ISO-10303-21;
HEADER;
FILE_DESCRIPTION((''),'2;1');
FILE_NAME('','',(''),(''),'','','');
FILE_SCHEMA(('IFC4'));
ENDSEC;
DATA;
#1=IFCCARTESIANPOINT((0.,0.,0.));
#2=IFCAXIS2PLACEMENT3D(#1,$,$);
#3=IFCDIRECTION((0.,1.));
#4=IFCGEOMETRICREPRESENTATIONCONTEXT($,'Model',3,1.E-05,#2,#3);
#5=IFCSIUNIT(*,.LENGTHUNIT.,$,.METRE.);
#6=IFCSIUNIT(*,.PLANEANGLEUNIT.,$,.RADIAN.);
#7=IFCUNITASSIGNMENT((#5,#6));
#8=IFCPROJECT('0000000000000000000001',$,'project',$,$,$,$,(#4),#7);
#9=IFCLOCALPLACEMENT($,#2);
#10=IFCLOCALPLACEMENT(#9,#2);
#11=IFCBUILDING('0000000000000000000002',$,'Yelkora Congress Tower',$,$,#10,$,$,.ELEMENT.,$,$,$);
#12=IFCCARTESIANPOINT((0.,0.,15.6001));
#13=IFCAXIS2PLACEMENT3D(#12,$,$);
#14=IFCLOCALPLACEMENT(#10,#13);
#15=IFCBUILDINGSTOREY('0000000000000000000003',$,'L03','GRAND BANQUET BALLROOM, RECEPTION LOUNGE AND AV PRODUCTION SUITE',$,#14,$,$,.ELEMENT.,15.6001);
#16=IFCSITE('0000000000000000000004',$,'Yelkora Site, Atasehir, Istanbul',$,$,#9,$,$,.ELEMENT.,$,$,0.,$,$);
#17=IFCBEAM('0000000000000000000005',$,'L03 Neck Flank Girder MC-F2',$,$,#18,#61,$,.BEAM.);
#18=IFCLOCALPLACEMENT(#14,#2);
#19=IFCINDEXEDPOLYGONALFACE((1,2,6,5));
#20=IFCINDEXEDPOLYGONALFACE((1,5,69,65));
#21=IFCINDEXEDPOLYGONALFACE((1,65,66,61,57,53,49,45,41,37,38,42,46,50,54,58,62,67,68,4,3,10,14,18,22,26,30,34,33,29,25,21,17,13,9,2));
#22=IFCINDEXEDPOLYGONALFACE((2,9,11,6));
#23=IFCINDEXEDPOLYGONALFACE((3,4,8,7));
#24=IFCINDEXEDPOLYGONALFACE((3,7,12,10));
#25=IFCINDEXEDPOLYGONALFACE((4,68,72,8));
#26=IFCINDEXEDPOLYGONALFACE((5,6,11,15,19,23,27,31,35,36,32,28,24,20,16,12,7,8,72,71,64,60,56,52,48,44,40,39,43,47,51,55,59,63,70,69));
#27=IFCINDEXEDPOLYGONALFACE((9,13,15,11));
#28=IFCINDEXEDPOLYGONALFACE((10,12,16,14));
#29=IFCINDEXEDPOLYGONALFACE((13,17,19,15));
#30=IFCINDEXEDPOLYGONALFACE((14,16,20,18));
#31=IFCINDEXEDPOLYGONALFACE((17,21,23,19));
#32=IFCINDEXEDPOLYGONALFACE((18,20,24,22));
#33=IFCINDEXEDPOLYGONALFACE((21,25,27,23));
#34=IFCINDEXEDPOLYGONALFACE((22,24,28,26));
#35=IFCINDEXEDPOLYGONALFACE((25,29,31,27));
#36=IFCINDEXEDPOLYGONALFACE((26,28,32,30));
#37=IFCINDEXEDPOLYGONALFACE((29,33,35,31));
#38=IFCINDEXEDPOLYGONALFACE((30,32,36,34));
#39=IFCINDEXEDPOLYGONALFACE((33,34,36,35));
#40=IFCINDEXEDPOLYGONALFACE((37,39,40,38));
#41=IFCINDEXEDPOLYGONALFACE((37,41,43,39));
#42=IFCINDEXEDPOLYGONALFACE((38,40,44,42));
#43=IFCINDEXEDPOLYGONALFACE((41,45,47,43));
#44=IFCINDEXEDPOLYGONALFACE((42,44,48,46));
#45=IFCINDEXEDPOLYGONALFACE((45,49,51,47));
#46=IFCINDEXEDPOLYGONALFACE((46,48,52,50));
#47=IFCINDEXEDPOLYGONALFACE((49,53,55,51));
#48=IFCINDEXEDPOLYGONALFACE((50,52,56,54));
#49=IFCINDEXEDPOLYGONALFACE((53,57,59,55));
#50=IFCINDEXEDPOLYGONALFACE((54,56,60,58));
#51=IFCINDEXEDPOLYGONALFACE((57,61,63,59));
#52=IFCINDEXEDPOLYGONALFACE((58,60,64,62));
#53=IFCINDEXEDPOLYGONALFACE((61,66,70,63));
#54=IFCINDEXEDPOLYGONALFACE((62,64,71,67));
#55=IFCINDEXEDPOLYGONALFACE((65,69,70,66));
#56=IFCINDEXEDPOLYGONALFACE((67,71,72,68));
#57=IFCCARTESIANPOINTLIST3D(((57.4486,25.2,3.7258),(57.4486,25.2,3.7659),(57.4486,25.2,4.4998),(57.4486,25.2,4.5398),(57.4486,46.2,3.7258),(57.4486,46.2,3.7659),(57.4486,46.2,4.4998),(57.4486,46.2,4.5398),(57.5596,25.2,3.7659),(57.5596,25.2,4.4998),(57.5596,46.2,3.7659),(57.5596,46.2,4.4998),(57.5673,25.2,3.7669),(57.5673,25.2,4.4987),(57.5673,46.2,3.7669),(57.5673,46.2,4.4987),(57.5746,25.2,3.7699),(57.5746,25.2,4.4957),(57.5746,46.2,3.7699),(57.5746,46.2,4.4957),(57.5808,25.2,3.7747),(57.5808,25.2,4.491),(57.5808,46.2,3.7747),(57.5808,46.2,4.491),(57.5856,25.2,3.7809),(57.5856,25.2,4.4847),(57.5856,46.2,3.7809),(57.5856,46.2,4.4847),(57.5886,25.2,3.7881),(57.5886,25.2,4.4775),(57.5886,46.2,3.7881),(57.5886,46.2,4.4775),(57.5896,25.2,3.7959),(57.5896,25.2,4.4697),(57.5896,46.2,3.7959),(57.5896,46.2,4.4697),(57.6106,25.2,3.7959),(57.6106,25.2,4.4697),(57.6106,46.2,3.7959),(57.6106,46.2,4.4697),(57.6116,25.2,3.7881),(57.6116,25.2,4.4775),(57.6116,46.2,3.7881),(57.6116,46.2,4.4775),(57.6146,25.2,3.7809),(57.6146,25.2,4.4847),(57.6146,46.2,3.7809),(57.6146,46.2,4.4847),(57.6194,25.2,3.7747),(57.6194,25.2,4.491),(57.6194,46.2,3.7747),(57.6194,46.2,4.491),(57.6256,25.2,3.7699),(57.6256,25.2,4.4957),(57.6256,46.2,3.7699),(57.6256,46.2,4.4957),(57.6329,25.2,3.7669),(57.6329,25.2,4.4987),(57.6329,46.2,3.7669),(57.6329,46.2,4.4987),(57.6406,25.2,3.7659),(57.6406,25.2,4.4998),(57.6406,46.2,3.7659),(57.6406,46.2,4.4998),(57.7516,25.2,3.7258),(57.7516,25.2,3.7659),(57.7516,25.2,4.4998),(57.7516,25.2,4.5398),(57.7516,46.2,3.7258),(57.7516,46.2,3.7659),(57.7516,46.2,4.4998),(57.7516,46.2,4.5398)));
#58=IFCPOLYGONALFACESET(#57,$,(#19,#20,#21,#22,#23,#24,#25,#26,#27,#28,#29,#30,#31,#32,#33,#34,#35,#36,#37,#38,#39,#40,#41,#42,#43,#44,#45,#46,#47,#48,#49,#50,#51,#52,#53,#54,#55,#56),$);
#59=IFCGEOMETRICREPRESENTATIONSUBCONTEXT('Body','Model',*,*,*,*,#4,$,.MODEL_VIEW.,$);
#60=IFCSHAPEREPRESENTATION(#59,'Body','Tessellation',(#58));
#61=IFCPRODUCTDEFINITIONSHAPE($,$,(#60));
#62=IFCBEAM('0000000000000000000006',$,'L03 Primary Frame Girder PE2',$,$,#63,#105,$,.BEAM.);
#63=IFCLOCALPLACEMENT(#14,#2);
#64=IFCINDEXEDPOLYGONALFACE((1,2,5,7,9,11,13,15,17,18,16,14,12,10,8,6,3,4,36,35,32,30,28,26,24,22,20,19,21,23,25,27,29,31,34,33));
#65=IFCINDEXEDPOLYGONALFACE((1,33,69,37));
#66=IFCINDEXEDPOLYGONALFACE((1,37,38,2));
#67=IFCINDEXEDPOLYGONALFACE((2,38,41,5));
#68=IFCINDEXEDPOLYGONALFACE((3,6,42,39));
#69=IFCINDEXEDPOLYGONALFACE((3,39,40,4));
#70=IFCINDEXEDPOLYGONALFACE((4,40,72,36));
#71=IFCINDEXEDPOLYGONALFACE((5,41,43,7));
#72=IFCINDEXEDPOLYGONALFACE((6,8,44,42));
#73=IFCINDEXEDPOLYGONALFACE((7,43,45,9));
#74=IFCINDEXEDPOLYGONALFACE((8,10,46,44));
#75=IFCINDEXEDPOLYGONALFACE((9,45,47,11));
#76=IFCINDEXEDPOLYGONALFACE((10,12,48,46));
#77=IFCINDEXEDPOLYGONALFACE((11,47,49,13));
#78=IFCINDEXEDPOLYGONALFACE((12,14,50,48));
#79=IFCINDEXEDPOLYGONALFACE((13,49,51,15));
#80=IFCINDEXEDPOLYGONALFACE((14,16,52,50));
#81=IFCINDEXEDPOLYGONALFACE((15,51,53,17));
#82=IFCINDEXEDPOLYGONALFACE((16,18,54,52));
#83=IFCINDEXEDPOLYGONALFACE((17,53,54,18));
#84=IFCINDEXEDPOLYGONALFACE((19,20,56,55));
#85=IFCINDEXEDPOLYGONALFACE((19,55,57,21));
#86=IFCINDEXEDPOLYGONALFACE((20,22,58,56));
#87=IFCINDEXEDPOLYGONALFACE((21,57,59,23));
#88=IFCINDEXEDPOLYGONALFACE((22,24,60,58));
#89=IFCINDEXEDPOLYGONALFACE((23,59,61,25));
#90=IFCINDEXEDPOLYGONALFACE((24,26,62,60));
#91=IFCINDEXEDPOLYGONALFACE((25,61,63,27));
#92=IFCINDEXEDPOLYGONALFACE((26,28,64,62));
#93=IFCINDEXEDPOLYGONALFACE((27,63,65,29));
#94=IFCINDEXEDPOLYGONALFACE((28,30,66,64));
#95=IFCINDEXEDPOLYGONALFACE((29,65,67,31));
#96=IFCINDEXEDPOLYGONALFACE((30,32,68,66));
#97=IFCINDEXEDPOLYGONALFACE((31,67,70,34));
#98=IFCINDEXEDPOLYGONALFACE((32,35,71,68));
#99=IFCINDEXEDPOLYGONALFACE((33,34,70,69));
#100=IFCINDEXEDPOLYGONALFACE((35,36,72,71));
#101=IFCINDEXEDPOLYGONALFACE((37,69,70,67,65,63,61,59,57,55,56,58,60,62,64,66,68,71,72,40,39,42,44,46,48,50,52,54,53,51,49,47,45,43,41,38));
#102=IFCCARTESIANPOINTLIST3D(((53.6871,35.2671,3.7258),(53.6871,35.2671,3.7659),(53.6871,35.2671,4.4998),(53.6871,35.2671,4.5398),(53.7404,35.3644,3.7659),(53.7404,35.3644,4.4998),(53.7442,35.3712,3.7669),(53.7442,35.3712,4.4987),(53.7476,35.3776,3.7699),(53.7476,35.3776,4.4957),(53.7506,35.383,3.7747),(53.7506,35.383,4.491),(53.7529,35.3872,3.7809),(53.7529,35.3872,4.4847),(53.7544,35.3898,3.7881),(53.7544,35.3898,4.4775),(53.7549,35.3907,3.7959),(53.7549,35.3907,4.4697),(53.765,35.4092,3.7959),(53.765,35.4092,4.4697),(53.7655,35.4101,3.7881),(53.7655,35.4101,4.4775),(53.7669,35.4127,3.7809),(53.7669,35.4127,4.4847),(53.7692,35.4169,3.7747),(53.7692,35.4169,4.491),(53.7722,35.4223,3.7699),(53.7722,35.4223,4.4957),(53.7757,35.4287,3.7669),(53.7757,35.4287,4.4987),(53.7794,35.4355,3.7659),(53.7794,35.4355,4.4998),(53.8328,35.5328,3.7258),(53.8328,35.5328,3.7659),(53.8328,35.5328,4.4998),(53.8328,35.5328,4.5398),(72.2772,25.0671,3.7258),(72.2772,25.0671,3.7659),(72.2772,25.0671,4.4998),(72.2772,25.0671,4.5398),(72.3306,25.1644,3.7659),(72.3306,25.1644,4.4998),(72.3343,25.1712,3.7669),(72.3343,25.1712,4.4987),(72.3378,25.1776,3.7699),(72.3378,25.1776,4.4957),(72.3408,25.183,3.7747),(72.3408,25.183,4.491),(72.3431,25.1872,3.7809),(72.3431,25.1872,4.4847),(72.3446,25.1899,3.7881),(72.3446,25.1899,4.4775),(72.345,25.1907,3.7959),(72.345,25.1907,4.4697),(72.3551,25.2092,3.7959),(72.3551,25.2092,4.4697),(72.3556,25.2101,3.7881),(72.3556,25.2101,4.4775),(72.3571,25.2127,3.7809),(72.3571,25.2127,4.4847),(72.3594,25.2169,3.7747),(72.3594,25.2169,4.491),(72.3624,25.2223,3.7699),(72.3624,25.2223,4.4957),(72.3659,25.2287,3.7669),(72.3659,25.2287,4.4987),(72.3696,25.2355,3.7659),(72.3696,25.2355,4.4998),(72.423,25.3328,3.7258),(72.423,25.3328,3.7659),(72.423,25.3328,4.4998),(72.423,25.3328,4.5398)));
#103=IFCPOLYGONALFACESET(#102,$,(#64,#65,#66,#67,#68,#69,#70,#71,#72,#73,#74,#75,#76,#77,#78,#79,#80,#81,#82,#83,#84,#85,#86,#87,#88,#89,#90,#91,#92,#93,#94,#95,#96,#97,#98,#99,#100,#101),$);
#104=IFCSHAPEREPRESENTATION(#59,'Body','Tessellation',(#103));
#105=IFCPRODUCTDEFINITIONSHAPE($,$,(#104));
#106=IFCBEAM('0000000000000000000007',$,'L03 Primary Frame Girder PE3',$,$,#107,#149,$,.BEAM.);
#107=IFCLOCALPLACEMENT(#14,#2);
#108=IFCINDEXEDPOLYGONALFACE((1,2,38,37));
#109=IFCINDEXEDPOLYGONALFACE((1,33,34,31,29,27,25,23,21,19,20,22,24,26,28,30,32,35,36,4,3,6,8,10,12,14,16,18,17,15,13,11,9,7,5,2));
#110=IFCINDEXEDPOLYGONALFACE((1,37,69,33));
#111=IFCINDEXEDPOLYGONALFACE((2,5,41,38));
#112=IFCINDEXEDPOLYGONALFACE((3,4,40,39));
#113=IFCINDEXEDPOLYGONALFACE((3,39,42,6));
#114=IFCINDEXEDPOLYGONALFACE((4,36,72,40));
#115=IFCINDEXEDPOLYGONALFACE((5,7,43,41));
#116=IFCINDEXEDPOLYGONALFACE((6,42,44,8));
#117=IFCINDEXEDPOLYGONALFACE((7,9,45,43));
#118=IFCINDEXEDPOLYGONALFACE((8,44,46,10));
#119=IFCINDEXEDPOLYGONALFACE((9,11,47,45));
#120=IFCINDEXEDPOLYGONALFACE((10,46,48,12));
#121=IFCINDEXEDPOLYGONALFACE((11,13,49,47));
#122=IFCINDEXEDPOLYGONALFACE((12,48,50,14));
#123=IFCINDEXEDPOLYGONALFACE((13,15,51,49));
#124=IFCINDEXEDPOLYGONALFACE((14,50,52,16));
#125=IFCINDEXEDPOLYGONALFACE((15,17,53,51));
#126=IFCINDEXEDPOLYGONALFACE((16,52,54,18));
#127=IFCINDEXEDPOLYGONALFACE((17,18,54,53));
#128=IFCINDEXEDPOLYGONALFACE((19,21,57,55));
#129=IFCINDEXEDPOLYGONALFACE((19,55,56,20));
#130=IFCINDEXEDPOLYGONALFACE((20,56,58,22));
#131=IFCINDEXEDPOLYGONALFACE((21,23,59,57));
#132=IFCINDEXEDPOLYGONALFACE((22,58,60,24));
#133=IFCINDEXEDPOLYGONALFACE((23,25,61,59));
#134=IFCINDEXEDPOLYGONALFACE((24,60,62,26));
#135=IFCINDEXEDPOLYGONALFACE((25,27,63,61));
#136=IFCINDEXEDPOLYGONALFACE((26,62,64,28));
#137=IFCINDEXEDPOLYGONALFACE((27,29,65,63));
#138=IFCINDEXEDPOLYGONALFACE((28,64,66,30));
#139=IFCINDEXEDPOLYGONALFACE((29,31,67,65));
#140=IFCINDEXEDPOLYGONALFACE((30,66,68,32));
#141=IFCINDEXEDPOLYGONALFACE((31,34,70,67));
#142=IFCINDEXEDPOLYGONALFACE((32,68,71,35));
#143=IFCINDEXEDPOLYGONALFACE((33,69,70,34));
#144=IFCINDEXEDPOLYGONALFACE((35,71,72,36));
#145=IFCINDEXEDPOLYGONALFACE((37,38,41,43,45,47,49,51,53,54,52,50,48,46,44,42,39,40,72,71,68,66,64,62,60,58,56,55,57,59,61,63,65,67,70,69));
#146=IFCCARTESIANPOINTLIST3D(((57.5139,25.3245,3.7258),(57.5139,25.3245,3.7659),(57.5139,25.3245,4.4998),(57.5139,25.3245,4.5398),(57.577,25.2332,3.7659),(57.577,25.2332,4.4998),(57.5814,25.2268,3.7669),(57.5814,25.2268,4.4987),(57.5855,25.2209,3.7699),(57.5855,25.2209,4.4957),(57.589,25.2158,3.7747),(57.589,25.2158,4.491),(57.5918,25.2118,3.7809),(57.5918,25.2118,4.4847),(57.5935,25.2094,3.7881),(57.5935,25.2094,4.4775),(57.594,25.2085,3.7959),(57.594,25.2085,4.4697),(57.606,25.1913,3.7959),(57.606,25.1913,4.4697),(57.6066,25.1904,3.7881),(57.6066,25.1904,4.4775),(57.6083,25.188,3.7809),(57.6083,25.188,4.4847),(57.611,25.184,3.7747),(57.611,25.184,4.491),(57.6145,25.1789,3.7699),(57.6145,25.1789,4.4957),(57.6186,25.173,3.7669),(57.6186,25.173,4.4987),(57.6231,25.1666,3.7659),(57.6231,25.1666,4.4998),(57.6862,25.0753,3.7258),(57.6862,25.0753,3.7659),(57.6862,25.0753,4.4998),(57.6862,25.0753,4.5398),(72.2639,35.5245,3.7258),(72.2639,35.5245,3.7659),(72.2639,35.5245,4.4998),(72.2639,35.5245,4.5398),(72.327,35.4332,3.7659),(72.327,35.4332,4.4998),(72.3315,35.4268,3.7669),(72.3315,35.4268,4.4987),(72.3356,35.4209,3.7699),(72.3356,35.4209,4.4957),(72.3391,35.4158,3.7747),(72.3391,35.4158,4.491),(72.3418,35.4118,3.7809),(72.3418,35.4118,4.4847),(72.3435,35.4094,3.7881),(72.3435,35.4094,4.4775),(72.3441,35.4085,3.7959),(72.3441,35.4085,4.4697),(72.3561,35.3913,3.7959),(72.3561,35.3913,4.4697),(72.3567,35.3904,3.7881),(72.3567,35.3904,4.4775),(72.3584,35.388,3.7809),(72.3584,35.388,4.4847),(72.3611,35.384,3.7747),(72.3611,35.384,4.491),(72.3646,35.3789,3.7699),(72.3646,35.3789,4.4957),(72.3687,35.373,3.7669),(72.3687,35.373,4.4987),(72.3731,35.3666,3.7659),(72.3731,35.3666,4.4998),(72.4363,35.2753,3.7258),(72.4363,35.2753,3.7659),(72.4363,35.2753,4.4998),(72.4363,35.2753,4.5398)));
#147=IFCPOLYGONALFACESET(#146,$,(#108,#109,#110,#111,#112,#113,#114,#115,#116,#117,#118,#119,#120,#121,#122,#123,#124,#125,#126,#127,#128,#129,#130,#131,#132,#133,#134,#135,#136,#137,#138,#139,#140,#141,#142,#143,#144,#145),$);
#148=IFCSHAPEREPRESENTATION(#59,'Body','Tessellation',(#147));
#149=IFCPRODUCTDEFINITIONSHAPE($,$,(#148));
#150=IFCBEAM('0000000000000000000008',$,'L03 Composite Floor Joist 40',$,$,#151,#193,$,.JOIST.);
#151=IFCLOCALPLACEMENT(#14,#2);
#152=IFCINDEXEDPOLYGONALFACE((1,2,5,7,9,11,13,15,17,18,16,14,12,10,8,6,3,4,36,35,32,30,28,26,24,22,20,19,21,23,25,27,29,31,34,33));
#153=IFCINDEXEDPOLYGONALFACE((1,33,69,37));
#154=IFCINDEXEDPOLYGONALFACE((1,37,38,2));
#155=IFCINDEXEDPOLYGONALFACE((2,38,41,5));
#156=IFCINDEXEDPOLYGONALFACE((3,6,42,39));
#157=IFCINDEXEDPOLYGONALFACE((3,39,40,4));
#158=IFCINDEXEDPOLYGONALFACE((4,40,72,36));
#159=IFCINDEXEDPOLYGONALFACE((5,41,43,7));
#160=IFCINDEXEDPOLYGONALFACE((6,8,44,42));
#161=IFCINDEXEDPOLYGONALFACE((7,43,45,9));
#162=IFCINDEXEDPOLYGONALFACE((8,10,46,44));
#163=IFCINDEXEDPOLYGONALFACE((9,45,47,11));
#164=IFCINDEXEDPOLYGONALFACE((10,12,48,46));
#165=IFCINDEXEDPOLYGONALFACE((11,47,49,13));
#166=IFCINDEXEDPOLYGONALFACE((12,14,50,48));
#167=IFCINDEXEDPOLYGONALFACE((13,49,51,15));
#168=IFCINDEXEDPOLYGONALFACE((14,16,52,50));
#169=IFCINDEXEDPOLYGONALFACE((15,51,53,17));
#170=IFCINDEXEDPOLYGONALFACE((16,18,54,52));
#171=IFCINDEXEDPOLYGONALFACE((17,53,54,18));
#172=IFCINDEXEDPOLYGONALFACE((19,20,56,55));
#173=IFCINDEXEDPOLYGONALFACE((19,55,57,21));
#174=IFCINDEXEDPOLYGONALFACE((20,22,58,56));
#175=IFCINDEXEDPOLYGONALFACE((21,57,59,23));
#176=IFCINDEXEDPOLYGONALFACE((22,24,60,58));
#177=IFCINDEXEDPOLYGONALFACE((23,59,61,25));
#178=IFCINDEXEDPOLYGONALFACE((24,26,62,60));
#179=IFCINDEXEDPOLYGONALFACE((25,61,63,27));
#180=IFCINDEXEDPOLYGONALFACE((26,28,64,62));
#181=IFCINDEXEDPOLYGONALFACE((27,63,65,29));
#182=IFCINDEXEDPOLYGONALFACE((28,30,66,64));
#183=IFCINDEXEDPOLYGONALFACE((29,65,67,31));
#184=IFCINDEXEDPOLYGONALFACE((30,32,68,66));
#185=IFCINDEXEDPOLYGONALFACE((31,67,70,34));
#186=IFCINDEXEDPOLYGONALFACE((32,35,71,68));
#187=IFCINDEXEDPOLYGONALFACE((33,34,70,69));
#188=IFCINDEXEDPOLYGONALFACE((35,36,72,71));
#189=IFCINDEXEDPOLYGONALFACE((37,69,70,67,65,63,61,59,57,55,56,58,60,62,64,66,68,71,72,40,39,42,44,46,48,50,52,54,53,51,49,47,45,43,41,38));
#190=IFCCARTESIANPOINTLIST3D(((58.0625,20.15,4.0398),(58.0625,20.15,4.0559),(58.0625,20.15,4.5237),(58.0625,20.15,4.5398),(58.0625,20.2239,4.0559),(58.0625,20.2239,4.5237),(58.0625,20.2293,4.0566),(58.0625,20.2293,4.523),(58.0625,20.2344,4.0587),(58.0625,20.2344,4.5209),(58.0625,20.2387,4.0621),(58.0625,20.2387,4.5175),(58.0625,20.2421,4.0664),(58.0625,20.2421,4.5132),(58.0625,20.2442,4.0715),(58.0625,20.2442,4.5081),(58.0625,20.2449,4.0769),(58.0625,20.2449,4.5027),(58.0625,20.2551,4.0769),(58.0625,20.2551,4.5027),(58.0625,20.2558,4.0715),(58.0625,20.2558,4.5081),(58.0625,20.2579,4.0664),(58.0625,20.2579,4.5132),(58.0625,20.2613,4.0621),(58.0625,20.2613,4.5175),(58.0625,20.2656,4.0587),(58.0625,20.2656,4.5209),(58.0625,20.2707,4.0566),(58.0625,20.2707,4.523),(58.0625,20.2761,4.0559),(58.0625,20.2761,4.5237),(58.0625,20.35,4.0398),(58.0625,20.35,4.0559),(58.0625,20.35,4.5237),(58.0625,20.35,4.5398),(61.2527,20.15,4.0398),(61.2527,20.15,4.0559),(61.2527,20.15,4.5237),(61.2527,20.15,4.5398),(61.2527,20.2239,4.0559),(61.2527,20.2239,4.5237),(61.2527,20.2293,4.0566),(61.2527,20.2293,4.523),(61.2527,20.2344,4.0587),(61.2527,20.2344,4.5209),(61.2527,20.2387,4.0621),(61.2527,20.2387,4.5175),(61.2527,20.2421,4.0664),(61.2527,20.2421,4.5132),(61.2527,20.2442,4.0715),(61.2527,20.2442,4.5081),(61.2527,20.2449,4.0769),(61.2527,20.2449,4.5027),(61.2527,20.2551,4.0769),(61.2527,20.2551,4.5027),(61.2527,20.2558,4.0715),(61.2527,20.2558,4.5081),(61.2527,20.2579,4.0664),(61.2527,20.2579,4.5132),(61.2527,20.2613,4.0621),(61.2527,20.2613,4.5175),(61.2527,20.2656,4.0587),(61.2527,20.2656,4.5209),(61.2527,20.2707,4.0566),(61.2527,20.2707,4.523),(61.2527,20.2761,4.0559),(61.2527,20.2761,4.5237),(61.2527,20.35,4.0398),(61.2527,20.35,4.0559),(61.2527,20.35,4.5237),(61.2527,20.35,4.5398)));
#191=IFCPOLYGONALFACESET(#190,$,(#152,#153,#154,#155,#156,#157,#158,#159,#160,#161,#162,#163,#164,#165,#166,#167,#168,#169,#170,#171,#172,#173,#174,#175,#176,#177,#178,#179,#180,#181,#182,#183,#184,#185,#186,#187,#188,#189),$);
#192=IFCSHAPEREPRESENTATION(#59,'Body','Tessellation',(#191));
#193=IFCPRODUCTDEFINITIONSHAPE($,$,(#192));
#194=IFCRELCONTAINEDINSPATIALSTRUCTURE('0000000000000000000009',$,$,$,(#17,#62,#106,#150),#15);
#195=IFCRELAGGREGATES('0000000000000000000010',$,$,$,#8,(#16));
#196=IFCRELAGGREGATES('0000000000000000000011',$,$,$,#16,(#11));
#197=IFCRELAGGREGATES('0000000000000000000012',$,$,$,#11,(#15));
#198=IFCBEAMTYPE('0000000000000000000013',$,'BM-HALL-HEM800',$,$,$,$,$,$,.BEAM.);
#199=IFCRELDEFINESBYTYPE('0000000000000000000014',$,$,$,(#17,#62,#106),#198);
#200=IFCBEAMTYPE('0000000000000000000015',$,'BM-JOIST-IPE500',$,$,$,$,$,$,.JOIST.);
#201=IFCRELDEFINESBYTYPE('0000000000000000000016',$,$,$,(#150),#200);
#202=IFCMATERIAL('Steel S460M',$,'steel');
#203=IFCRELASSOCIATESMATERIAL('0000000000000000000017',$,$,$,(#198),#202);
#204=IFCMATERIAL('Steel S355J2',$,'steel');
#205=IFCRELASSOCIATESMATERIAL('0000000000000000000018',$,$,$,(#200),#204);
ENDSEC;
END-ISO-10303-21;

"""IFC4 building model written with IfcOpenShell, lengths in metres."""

from ifc_helpers import new_model, si_unit, direction, frame, origin, origin_2d, place, context, subcontext, project, spatial, i_section, extrude, material, material_profile, profile_set, type_object, element, save


model = new_model("IFC4")

# Units and contexts
model_context = context("Model", 3, precision=1e-05, world=origin(), true_north=direction((0.0, 1.0)))
body_context = subcontext(model_context, "Body", "Model", "MODEL_VIEW")
ifc_project = project(units=[si_unit("LENGTHUNIT", "METRE"), si_unit("PLANEANGLEUNIT", "RADIAN")], contexts=[model_context])

# Site, building, storey
site_placement = place(None, origin())
site = spatial("IfcSite", under=ifc_project, at=site_placement, Name="Yelkora Site, Atasehir, Istanbul", CompositionType="ELEMENT", RefElevation=0.0)
building_placement = place(site_placement, origin())
building = spatial("IfcBuilding", under=site, at=building_placement, Name="Yelkora Congress Tower", CompositionType="ELEMENT")
storey_placement = place(building_placement, frame((0.0, 0.0, 15.6001)))
storey = spatial("IfcBuildingStorey", under=building, at=storey_placement, Name="L03", Description="GRAND BANQUET BALLROOM, RECEPTION LOUNGE AND AV PRODUCTION SUITE", CompositionType="ELEMENT", Elevation=15.6001)

# Beams
ifc_material_1 = material(Name="Steel S460M", Category="steel")
ifc_material_profile_1 = material_profile(ifc_material_1, i_section(OverallWidth=0.303, OverallDepth=0.814, WebThickness=0.021, FlangeThickness=0.04, FilletRadius=0.03, at=origin_2d()), Name="HEM 800")
ifc_profile_set_1 = profile_set([ifc_material_profile_1], Name="Steel S460M")
beam_type_1 = type_object("IfcBeamType", Name="BM-HALL-HEM800", PredefinedType="BEAM", material=ifc_profile_set_1)
beam_1_placement = place(storey_placement, frame((57.6001, 25.2, 4.1328), z_axis=(0.0, 1.0, 0.0), x_axis=(-1.0, 0.0, 0.0)))
element("IfcBeam", 1, at=beam_1_placement, inside=storey, type_object=beam_type_1, Name="L03 Neck Flank Girder MC-F2", PredefinedType="BEAM", context=body_context, shape_type="SweptSolid", body=[
    extrude(i_section(OverallWidth=0.303, OverallDepth=0.814, WebThickness=0.021, FlangeThickness=0.04, FilletRadius=0.03, at=origin_2d()), origin(), (0.0, 0.0, 1.0), 21.0),
])
beam_2_placement = place(storey_placement, frame((72.3501, 25.2, 4.1328), z_axis=(-0.876705, 0.481028, 0.0), x_axis=(-0.481028, -0.876705, 0.0)))
element("IfcBeam", 2, at=beam_2_placement, inside=storey, type_object=beam_type_1, Name="L03 Primary Frame Girder PE2", PredefinedType="BEAM", context=body_context, shape_type="SweptSolid", body=[
    extrude(i_section(OverallWidth=0.303, OverallDepth=0.814, WebThickness=0.021, FlangeThickness=0.04, FilletRadius=0.03, at=origin_2d()), origin(), (0.0, 0.0, 1.0), 21.2046),
])
beam_3_placement = place(storey_placement, frame((72.3501, 35.3999, 4.1328), z_axis=(-0.822494, -0.568773, 0.0), x_axis=(0.568773, -0.822494, 0.0)))
element("IfcBeam", 3, at=beam_3_placement, inside=storey, type_object=beam_type_1, Name="L03 Primary Frame Girder PE3", PredefinedType="BEAM", context=body_context, shape_type="SweptSolid", body=[
    extrude(i_section(OverallWidth=0.303, OverallDepth=0.814, WebThickness=0.021, FlangeThickness=0.04, FilletRadius=0.03, at=origin_2d()), origin(), (0.0, 0.0, 1.0), 17.9333),
])
ifc_material_2 = material(Name="Steel S355J2", Category="steel")
ifc_material_profile_2 = material_profile(ifc_material_2, i_section(OverallWidth=0.2, OverallDepth=0.5, WebThickness=0.0103, FlangeThickness=0.0161, FilletRadius=0.021, at=origin_2d()), Name="IPE 500")
ifc_profile_set_2 = profile_set([ifc_material_profile_2], Name="Steel S355J2")
beam_type_2 = type_object("IfcBeamType", Name="BM-JOIST-IPE500", PredefinedType="JOIST", material=ifc_profile_set_2)
beam_4_placement = place(storey_placement, frame((58.0625, 20.25, 4.2898), z_axis=(1.0, 0.0, 0.0), x_axis=(0.0, 1.0, 0.0)))
element("IfcBeam", 4, at=beam_4_placement, inside=storey, type_object=beam_type_2, Name="L03 Composite Floor Joist 40", PredefinedType="JOIST", context=body_context, shape_type="SweptSolid", body=[
    extrude(i_section(OverallWidth=0.2, OverallDepth=0.5, WebThickness=0.0103, FlangeThickness=0.0161, FilletRadius=0.021, at=origin_2d()), origin(), (0.0, 0.0, 1.0), 3.1902),
])

save(model, "model.ifc")
